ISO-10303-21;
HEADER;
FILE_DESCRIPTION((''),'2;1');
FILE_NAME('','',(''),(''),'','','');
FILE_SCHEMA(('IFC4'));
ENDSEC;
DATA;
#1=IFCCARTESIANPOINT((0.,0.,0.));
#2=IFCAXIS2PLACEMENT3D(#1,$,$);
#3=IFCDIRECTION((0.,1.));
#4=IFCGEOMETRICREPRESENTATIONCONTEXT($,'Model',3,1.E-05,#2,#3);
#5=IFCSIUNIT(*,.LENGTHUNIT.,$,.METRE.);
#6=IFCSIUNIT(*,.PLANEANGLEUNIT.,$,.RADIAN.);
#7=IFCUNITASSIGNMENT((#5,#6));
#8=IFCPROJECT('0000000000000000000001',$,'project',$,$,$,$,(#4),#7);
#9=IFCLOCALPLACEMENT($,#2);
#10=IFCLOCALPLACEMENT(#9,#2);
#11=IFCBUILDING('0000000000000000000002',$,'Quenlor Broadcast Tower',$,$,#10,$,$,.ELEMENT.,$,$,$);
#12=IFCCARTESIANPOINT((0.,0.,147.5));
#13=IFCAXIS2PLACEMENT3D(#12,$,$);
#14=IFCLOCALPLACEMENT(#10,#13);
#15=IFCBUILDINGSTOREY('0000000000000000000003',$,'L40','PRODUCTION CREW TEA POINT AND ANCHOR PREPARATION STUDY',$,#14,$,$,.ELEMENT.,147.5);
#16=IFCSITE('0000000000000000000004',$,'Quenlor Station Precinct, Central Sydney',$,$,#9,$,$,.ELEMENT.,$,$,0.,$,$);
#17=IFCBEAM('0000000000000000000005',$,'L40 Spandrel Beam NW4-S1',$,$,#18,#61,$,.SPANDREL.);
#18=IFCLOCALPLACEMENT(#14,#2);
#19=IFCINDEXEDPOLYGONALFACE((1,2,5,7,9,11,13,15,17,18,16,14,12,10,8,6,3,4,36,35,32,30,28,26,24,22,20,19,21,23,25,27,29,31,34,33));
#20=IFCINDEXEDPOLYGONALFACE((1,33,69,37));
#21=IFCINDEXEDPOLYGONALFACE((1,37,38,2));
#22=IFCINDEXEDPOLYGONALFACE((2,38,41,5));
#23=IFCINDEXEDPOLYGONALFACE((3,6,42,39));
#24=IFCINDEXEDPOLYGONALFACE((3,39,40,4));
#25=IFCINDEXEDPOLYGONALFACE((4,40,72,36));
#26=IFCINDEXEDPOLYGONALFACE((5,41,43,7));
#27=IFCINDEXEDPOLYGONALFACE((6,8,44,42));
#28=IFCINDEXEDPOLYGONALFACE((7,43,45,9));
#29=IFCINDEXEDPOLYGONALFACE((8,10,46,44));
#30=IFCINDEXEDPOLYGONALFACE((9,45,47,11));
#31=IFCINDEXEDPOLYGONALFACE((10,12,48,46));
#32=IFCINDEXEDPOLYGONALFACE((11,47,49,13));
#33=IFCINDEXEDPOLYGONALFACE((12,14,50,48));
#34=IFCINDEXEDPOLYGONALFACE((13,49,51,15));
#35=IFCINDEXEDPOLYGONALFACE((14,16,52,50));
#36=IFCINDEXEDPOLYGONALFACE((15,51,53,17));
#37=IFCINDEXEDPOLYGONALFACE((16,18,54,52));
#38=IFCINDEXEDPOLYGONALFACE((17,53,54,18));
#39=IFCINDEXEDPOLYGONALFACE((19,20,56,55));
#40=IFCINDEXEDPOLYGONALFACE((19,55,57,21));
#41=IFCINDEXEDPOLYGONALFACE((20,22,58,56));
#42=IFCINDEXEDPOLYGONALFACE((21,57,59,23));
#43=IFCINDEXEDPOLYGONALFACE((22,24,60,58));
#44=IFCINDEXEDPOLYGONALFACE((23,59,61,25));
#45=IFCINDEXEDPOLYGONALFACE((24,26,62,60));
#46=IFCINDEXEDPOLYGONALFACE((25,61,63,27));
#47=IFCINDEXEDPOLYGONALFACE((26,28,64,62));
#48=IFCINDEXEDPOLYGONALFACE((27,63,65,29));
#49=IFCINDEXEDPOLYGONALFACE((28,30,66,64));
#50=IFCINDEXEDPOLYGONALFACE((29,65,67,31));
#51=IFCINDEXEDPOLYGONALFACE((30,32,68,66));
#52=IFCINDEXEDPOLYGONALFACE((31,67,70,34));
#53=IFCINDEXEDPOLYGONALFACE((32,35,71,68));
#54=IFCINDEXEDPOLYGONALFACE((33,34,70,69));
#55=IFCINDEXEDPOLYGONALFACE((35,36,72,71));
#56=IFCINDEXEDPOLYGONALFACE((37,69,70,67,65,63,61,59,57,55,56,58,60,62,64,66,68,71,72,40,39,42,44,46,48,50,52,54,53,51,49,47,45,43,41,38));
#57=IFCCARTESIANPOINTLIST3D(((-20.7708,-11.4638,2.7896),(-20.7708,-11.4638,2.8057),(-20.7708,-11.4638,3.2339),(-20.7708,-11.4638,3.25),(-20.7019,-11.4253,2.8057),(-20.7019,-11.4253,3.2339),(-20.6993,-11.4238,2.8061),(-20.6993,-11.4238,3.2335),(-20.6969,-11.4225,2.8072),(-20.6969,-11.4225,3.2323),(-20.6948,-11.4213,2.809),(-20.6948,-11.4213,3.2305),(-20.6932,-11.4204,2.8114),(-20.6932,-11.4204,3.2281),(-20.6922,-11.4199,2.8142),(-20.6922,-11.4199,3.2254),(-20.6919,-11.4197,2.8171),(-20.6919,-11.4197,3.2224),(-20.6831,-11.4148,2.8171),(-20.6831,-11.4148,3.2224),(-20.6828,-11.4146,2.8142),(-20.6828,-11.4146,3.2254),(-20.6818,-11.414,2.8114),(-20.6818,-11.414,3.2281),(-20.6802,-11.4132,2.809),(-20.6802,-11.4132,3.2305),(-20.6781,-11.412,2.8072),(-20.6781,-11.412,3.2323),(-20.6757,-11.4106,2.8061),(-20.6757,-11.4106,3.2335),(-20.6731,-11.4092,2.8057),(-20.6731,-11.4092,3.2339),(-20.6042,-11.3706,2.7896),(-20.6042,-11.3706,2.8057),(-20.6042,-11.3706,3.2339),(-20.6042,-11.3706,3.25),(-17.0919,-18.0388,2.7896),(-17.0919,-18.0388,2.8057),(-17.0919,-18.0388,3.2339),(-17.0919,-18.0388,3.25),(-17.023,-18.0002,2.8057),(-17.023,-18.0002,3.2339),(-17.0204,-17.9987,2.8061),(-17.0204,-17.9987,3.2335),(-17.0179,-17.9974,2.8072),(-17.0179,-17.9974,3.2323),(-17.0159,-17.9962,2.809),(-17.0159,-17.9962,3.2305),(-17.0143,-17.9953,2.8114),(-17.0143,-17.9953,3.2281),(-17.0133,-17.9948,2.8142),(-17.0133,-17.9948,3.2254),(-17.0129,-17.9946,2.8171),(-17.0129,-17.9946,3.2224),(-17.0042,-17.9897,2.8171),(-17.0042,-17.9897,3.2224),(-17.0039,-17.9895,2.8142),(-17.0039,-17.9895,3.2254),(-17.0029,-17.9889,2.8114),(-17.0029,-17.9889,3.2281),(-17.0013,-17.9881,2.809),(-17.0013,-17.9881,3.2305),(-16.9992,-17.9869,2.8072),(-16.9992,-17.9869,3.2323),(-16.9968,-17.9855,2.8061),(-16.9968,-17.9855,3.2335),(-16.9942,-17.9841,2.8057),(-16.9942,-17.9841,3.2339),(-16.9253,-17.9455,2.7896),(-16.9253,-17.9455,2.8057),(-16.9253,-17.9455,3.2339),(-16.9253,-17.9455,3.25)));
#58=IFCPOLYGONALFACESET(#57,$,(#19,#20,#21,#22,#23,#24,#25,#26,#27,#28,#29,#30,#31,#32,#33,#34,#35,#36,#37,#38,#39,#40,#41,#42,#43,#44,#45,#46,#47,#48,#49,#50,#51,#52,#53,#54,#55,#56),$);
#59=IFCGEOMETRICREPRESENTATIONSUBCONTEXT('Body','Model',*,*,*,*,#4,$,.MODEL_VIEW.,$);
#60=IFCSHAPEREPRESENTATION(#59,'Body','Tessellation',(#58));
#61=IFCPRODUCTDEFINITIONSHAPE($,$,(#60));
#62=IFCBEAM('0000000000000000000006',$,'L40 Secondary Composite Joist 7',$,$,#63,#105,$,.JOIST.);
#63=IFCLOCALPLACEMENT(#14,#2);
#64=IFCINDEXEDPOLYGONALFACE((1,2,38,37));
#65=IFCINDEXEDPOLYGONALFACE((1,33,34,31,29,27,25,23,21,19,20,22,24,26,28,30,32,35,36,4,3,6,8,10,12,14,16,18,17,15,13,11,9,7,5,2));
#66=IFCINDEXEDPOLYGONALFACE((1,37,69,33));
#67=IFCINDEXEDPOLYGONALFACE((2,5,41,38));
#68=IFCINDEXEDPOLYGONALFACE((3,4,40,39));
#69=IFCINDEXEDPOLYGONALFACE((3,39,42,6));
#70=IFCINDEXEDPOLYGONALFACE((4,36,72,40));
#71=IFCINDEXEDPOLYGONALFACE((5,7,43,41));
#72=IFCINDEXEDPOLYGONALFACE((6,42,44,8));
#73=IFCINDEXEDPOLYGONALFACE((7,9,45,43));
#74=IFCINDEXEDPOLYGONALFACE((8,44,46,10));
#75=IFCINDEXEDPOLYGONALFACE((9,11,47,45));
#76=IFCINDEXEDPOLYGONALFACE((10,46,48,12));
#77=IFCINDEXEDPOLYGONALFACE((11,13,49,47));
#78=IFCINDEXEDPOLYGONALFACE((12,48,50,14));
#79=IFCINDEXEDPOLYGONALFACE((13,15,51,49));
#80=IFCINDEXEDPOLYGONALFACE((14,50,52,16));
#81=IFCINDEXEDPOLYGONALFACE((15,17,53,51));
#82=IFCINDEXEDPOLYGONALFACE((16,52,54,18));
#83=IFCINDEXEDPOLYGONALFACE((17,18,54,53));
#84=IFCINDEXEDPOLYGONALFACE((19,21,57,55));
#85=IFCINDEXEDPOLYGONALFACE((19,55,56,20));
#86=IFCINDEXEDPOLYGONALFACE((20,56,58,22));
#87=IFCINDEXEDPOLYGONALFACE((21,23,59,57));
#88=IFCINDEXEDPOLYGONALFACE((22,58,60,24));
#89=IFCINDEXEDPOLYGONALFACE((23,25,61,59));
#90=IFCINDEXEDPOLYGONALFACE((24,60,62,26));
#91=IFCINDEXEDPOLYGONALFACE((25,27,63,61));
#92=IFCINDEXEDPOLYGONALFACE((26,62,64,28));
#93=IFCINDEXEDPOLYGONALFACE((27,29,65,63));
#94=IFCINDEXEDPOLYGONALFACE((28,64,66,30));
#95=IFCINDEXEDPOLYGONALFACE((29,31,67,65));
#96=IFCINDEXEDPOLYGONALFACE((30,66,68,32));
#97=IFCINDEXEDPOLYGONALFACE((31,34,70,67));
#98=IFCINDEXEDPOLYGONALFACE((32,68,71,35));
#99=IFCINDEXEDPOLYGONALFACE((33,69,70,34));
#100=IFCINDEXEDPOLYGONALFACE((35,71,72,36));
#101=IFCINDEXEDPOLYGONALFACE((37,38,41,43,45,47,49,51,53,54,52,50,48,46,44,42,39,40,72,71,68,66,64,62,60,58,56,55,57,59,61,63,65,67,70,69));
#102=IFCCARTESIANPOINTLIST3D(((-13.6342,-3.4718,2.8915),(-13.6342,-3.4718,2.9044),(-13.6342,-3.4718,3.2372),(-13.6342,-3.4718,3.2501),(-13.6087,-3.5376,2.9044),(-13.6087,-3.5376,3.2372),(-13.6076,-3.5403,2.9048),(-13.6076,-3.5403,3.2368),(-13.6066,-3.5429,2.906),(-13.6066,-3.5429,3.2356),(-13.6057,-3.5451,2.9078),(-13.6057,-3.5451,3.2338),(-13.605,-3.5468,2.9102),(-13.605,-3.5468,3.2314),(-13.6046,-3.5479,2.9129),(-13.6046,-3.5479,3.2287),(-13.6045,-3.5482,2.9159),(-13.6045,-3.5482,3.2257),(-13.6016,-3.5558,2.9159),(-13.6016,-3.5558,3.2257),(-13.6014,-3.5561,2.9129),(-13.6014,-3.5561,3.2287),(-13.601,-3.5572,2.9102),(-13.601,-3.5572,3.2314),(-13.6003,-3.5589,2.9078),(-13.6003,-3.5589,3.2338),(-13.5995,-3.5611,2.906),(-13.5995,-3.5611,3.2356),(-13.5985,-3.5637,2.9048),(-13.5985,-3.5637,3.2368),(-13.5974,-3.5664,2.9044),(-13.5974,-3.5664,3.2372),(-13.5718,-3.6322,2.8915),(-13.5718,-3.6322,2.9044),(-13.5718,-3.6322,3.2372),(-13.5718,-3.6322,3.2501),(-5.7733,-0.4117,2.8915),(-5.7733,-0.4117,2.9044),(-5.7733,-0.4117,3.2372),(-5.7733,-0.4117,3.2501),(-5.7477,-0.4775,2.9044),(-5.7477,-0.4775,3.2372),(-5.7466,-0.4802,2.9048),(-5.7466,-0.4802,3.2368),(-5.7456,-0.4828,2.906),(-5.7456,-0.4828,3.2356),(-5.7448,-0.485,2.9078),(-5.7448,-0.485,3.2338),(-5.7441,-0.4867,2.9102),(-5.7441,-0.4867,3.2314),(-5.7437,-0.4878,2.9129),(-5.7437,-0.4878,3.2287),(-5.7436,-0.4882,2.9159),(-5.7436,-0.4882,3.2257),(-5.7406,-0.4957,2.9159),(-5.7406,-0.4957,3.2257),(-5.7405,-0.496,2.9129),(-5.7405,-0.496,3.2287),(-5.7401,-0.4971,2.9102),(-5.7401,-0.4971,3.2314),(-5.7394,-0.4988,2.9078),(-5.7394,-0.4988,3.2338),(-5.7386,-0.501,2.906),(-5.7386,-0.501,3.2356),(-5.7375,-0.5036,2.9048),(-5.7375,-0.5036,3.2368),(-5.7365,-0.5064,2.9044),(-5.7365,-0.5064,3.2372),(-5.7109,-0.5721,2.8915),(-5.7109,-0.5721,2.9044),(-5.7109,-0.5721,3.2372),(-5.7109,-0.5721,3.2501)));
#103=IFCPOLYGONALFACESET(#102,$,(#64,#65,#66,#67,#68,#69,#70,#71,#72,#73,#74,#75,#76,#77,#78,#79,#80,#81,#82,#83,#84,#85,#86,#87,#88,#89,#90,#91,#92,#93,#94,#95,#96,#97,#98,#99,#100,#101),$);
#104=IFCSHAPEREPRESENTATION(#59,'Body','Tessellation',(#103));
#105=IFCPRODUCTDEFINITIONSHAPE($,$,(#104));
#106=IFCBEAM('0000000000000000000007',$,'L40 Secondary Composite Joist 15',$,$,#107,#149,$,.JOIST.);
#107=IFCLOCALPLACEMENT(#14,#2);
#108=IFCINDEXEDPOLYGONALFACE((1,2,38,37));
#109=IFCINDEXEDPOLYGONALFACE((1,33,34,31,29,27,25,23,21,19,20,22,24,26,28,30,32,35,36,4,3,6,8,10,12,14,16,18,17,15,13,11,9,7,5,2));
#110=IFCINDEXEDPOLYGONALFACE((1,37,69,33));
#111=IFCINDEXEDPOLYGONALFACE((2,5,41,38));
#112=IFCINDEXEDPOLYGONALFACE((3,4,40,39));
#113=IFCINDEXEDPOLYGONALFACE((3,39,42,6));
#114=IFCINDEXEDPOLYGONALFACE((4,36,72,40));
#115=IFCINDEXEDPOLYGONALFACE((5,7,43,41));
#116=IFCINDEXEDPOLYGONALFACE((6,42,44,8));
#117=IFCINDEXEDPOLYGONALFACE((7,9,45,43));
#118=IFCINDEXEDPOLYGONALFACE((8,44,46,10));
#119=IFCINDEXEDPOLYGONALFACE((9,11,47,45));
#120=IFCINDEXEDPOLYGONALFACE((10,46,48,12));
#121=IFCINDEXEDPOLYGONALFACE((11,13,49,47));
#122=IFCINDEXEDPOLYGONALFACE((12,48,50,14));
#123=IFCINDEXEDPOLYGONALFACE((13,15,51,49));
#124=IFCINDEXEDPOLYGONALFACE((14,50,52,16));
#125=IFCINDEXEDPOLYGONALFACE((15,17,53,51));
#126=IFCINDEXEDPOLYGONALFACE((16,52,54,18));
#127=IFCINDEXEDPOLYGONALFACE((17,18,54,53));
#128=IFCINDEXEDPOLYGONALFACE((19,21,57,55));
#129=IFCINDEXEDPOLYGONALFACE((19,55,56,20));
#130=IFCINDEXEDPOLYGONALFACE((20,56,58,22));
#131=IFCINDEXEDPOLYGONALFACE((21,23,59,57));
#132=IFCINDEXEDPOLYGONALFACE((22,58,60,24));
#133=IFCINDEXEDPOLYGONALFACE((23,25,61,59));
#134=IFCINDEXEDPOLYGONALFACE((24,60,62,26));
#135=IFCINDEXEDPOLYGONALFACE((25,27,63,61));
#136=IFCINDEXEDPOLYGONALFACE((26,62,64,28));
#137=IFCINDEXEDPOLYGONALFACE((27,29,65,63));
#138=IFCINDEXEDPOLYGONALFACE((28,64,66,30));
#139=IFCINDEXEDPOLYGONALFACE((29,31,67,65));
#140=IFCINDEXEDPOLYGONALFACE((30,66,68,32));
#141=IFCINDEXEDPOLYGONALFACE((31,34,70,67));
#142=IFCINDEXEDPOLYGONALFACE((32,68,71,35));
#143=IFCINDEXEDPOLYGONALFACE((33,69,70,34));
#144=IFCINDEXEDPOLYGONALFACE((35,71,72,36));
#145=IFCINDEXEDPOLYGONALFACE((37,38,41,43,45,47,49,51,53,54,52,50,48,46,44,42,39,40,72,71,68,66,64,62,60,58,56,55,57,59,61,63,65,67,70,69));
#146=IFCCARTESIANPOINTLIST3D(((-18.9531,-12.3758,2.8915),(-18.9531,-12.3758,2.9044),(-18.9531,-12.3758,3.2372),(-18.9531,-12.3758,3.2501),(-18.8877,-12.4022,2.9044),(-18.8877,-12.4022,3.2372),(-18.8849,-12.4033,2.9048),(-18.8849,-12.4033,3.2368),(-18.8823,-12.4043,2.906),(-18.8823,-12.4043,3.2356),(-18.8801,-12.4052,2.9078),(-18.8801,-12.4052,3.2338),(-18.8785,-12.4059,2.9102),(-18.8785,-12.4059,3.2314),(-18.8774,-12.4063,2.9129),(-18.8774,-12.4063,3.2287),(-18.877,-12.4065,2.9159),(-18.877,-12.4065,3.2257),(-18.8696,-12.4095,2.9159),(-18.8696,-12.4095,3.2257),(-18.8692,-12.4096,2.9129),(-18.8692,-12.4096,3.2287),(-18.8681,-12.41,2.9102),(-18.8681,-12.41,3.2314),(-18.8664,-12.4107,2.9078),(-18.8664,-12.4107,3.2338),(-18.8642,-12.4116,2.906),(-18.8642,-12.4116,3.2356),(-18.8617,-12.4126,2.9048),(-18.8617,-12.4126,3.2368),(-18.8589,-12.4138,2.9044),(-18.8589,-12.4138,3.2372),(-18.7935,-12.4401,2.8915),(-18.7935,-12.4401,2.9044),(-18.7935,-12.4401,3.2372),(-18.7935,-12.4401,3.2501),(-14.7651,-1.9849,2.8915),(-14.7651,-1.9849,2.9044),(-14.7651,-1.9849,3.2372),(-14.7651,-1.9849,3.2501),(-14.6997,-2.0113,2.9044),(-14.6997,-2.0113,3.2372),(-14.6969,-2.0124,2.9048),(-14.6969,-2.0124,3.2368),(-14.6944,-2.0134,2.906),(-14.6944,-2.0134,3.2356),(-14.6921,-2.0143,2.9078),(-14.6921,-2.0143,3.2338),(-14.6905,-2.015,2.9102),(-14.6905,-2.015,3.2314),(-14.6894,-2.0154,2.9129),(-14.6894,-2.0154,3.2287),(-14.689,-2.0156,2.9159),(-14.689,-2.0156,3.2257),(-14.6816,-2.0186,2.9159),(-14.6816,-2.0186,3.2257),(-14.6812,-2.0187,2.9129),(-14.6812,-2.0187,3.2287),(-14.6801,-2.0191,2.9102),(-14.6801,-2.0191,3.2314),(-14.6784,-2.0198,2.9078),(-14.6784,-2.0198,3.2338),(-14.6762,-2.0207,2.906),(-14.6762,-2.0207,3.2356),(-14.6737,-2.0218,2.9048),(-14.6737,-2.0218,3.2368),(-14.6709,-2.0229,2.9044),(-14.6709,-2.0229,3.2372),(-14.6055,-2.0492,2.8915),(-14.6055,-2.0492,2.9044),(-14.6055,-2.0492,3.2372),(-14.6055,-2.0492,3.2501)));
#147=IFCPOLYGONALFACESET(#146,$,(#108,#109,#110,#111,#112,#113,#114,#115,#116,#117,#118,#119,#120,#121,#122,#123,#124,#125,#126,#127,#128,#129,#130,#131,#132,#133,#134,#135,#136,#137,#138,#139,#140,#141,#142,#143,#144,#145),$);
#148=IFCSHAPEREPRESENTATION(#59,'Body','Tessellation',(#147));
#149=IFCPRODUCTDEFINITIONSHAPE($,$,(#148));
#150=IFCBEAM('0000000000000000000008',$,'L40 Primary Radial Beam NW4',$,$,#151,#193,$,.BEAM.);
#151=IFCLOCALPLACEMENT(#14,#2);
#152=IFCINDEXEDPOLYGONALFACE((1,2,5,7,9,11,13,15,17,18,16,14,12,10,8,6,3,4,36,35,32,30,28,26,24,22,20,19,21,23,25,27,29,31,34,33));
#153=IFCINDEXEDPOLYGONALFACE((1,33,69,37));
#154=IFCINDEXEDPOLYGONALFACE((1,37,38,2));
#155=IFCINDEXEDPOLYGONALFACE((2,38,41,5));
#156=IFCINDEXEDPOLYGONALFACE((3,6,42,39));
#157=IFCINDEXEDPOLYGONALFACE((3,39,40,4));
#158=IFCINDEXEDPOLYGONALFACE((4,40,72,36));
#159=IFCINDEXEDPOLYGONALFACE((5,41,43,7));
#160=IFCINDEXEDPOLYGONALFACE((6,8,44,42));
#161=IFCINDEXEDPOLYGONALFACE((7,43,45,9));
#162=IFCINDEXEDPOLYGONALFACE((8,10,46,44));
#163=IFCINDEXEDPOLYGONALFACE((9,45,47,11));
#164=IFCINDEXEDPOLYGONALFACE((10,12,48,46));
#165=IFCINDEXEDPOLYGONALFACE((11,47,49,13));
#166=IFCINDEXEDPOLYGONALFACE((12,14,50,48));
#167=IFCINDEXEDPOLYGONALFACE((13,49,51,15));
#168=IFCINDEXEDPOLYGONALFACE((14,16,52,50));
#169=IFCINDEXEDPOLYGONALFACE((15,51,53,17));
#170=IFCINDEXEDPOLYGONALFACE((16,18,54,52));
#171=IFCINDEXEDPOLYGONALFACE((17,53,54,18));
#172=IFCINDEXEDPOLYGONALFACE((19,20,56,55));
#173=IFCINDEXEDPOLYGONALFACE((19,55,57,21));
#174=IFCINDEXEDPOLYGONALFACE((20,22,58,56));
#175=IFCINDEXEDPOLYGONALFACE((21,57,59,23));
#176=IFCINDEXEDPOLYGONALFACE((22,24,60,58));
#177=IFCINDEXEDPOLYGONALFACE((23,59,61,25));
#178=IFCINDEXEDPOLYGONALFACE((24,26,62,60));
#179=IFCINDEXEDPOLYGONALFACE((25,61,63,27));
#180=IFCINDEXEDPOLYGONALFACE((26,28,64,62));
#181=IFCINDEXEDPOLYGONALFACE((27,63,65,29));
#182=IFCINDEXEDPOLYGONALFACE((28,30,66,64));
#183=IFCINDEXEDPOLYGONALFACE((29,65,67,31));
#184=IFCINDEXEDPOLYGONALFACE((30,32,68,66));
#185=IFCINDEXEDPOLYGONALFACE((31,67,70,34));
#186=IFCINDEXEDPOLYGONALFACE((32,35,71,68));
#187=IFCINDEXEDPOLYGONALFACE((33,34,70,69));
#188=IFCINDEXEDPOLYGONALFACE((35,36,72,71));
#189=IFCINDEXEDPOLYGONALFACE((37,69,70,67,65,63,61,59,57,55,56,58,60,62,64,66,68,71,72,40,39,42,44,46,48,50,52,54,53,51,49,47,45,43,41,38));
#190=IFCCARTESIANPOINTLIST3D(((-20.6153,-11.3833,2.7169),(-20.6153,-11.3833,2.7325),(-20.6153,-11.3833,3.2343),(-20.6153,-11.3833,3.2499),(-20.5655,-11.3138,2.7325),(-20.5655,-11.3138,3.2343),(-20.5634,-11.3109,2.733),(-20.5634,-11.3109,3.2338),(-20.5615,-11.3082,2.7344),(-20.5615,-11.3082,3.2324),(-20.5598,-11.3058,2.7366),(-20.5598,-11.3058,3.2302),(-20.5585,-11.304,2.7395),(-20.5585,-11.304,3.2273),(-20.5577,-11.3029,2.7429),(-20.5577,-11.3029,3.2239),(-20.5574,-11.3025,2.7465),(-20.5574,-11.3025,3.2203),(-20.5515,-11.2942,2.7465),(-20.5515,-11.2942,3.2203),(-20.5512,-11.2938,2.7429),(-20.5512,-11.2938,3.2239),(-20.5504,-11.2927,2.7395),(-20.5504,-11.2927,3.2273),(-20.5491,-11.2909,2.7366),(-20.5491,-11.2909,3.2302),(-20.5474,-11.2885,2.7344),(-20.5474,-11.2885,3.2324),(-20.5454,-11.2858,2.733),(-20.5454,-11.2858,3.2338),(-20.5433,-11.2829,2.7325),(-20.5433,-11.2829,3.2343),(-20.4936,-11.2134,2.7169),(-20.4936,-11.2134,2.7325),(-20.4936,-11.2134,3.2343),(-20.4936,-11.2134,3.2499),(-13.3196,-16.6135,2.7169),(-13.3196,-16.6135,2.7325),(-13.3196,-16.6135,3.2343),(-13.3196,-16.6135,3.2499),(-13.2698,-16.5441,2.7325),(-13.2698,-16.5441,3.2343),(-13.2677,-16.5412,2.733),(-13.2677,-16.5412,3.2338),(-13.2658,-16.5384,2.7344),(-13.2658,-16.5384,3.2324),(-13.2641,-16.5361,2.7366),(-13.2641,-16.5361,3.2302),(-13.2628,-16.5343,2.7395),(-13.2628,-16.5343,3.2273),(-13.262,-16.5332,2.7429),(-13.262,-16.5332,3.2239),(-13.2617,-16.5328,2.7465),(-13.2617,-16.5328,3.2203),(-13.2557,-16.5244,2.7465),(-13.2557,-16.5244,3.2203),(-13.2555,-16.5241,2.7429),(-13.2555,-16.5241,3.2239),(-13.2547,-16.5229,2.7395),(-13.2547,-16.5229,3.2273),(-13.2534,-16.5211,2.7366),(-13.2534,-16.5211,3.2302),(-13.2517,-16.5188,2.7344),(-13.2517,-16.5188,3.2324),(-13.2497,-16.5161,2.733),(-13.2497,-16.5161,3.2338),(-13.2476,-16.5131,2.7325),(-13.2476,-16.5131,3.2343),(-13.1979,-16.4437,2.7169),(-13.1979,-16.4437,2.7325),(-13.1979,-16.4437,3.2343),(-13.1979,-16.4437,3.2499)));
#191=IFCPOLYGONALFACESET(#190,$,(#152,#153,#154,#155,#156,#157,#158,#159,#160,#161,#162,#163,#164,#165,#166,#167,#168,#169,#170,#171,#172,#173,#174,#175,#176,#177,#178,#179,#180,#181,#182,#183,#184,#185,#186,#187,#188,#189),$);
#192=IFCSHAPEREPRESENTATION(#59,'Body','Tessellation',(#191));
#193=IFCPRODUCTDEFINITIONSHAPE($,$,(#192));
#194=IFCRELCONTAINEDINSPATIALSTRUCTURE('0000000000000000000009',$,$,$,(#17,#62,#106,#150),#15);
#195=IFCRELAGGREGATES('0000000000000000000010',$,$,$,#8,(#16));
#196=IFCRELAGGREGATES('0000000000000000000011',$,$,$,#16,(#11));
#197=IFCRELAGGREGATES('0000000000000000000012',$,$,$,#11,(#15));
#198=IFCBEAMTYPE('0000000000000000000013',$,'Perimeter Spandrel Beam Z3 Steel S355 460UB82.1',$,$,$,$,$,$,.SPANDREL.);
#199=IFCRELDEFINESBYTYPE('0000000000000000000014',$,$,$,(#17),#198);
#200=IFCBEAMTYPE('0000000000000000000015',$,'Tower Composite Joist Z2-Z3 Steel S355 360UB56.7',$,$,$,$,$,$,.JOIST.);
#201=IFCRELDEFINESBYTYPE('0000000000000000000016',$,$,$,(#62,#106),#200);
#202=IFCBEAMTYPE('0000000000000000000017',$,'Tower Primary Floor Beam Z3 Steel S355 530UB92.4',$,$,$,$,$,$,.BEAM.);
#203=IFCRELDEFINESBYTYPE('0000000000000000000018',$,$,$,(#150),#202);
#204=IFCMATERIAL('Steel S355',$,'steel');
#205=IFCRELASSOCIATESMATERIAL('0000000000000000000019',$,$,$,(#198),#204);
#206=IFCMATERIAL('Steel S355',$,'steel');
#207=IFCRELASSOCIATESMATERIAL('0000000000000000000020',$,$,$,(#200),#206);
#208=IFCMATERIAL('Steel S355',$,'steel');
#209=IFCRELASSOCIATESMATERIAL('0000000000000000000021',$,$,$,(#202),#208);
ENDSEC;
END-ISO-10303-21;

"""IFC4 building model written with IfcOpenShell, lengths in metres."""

from ifc_helpers import new_model, si_unit, direction, frame, origin, origin_2d, place, context, subcontext, project, spatial, i_section, extrude, material, material_profile, profile_set, type_object, element, save


model = new_model("IFC4")

# Units and contexts
model_context = context("Model", 3, precision=1e-05, world=origin(), true_north=direction((0.0, 1.0)))
body_context = subcontext(model_context, "Body", "Model", "MODEL_VIEW")
ifc_project = project(units=[si_unit("LENGTHUNIT", "METRE"), si_unit("PLANEANGLEUNIT", "RADIAN")], contexts=[model_context])

# Site, building, storey
site_placement = place(None, origin())
site = spatial("IfcSite", under=ifc_project, at=site_placement, Name="Quenlor Station Precinct, Central Sydney", CompositionType="ELEMENT", RefElevation=0.0)
building_placement = place(site_placement, origin())
building = spatial("IfcBuilding", under=site, at=building_placement, Name="Quenlor Broadcast Tower", CompositionType="ELEMENT")
storey_placement = place(building_placement, frame((0.0, 0.0, 147.5)))
storey = spatial("IfcBuildingStorey", under=building, at=storey_placement, Name="L40", Description="PRODUCTION CREW TEA POINT AND ANCHOR PREPARATION STUDY", CompositionType="ELEMENT", Elevation=147.5)

# Beams
ifc_material_1 = material(Name="Steel S355", Category="steel")
ifc_material_profile_1 = material_profile(ifc_material_1, i_section(OverallWidth=0.1909, OverallDepth=0.4604, WebThickness=0.01, FlangeThickness=0.0161, FilletRadius=0.0115, at=origin_2d()))
ifc_profile_set_1 = profile_set([ifc_material_profile_1], Name="Steel S355 460UB82.1")
beam_type_1 = type_object("IfcBeamType", Name="Perimeter Spandrel Beam Z3 Steel S355 460UB82.1", PredefinedType="SPANDREL", material=ifc_profile_set_1)
beam_1_placement = place(storey_placement, frame((-20.6875, -11.4172, 3.0198), z_axis=(0.488298, -0.872677, 0.0), x_axis=(0.872677, 0.488298, 0.0)))
element("IfcBeam", 1, at=beam_1_placement, inside=storey, type_object=beam_type_1, Name="L40 Spandrel Beam NW4-S1", PredefinedType="SPANDREL", context=body_context, shape_type="SweptSolid", body=[
    extrude(i_section(OverallWidth=0.1909, OverallDepth=0.4604, WebThickness=0.01, FlangeThickness=0.0161, FilletRadius=0.0115, at=origin_2d()), origin(), (0.0, 0.0, 1.0), 7.5342),
])
ifc_material_2 = material(Name="Steel S355", Category="steel")
ifc_material_profile_2 = material_profile(ifc_material_2, i_section(OverallWidth=0.1721, OverallDepth=0.3586, WebThickness=0.0081, FlangeThickness=0.0129, FilletRadius=0.0115, at=origin_2d()))
ifc_profile_set_2 = profile_set([ifc_material_profile_2], Name="Steel S355 360UB56.7")
beam_type_2 = type_object("IfcBeamType", Name="Tower Composite Joist Z2-Z3 Steel S355 360UB56.7", PredefinedType="JOIST", material=ifc_profile_set_2)
beam_2_placement = place(storey_placement, frame((-13.603, -3.552, 3.0708), z_axis=(0.931882, 0.362762, 0.0), x_axis=(-0.362762, 0.931882, 0.0)))
element("IfcBeam", 2, at=beam_2_placement, inside=storey, type_object=beam_type_2, Name="L40 Secondary Composite Joist 7", PredefinedType="JOIST", context=body_context, shape_type="SweptSolid", body=[
    extrude(i_section(OverallWidth=0.1721, OverallDepth=0.3586, WebThickness=0.0081, FlangeThickness=0.0129, FilletRadius=0.0115, at=origin_2d()), origin(), (0.0, 0.0, 1.0), 8.4355),
])
beam_3_placement = place(storey_placement, frame((-18.8733, -12.408, 3.0708), z_axis=(0.373824, 0.9275, 0.0), x_axis=(-0.9275, 0.373824, 0.0)))
element("IfcBeam", 3, at=beam_3_placement, inside=storey, type_object=beam_type_2, Name="L40 Secondary Composite Joist 15", PredefinedType="JOIST", context=body_context, shape_type="SweptSolid", body=[
    extrude(i_section(OverallWidth=0.1721, OverallDepth=0.3586, WebThickness=0.0081, FlangeThickness=0.0129, FilletRadius=0.0115, at=origin_2d()), origin(), (0.0, 0.0, 1.0), 11.2031),
])
ifc_material_3 = material(Name="Steel S355", Category="steel")
ifc_material_profile_3 = material_profile(ifc_material_3, i_section(OverallWidth=0.209, OverallDepth=0.533, WebThickness=0.0103, FlangeThickness=0.0156, FilletRadius=0.0139, at=origin_2d()))
ifc_profile_set_3 = profile_set([ifc_material_profile_3], Name="Steel S355 530UB92.4")
beam_type_3 = type_object("IfcBeamType", Name="Tower Primary Floor Beam Z3 Steel S355 530UB92.4", PredefinedType="BEAM", material=ifc_profile_set_3)
beam_4_placement = place(storey_placement, frame((-20.5544, -11.2983, 2.9834), z_axis=(0.812729, -0.582642, 0.0), x_axis=(0.582642, 0.812729, 0.0)))
element("IfcBeam", 4, at=beam_4_placement, inside=storey, type_object=beam_type_3, Name="L40 Primary Radial Beam NW4", PredefinedType="BEAM", context=body_context, shape_type="SweptSolid", body=[
    extrude(i_section(OverallWidth=0.209, OverallDepth=0.533, WebThickness=0.0103, FlangeThickness=0.0156, FilletRadius=0.0139, at=origin_2d()), origin(), (0.0, 0.0, 1.0), 8.9768),
])

save(model, "model.ifc")
